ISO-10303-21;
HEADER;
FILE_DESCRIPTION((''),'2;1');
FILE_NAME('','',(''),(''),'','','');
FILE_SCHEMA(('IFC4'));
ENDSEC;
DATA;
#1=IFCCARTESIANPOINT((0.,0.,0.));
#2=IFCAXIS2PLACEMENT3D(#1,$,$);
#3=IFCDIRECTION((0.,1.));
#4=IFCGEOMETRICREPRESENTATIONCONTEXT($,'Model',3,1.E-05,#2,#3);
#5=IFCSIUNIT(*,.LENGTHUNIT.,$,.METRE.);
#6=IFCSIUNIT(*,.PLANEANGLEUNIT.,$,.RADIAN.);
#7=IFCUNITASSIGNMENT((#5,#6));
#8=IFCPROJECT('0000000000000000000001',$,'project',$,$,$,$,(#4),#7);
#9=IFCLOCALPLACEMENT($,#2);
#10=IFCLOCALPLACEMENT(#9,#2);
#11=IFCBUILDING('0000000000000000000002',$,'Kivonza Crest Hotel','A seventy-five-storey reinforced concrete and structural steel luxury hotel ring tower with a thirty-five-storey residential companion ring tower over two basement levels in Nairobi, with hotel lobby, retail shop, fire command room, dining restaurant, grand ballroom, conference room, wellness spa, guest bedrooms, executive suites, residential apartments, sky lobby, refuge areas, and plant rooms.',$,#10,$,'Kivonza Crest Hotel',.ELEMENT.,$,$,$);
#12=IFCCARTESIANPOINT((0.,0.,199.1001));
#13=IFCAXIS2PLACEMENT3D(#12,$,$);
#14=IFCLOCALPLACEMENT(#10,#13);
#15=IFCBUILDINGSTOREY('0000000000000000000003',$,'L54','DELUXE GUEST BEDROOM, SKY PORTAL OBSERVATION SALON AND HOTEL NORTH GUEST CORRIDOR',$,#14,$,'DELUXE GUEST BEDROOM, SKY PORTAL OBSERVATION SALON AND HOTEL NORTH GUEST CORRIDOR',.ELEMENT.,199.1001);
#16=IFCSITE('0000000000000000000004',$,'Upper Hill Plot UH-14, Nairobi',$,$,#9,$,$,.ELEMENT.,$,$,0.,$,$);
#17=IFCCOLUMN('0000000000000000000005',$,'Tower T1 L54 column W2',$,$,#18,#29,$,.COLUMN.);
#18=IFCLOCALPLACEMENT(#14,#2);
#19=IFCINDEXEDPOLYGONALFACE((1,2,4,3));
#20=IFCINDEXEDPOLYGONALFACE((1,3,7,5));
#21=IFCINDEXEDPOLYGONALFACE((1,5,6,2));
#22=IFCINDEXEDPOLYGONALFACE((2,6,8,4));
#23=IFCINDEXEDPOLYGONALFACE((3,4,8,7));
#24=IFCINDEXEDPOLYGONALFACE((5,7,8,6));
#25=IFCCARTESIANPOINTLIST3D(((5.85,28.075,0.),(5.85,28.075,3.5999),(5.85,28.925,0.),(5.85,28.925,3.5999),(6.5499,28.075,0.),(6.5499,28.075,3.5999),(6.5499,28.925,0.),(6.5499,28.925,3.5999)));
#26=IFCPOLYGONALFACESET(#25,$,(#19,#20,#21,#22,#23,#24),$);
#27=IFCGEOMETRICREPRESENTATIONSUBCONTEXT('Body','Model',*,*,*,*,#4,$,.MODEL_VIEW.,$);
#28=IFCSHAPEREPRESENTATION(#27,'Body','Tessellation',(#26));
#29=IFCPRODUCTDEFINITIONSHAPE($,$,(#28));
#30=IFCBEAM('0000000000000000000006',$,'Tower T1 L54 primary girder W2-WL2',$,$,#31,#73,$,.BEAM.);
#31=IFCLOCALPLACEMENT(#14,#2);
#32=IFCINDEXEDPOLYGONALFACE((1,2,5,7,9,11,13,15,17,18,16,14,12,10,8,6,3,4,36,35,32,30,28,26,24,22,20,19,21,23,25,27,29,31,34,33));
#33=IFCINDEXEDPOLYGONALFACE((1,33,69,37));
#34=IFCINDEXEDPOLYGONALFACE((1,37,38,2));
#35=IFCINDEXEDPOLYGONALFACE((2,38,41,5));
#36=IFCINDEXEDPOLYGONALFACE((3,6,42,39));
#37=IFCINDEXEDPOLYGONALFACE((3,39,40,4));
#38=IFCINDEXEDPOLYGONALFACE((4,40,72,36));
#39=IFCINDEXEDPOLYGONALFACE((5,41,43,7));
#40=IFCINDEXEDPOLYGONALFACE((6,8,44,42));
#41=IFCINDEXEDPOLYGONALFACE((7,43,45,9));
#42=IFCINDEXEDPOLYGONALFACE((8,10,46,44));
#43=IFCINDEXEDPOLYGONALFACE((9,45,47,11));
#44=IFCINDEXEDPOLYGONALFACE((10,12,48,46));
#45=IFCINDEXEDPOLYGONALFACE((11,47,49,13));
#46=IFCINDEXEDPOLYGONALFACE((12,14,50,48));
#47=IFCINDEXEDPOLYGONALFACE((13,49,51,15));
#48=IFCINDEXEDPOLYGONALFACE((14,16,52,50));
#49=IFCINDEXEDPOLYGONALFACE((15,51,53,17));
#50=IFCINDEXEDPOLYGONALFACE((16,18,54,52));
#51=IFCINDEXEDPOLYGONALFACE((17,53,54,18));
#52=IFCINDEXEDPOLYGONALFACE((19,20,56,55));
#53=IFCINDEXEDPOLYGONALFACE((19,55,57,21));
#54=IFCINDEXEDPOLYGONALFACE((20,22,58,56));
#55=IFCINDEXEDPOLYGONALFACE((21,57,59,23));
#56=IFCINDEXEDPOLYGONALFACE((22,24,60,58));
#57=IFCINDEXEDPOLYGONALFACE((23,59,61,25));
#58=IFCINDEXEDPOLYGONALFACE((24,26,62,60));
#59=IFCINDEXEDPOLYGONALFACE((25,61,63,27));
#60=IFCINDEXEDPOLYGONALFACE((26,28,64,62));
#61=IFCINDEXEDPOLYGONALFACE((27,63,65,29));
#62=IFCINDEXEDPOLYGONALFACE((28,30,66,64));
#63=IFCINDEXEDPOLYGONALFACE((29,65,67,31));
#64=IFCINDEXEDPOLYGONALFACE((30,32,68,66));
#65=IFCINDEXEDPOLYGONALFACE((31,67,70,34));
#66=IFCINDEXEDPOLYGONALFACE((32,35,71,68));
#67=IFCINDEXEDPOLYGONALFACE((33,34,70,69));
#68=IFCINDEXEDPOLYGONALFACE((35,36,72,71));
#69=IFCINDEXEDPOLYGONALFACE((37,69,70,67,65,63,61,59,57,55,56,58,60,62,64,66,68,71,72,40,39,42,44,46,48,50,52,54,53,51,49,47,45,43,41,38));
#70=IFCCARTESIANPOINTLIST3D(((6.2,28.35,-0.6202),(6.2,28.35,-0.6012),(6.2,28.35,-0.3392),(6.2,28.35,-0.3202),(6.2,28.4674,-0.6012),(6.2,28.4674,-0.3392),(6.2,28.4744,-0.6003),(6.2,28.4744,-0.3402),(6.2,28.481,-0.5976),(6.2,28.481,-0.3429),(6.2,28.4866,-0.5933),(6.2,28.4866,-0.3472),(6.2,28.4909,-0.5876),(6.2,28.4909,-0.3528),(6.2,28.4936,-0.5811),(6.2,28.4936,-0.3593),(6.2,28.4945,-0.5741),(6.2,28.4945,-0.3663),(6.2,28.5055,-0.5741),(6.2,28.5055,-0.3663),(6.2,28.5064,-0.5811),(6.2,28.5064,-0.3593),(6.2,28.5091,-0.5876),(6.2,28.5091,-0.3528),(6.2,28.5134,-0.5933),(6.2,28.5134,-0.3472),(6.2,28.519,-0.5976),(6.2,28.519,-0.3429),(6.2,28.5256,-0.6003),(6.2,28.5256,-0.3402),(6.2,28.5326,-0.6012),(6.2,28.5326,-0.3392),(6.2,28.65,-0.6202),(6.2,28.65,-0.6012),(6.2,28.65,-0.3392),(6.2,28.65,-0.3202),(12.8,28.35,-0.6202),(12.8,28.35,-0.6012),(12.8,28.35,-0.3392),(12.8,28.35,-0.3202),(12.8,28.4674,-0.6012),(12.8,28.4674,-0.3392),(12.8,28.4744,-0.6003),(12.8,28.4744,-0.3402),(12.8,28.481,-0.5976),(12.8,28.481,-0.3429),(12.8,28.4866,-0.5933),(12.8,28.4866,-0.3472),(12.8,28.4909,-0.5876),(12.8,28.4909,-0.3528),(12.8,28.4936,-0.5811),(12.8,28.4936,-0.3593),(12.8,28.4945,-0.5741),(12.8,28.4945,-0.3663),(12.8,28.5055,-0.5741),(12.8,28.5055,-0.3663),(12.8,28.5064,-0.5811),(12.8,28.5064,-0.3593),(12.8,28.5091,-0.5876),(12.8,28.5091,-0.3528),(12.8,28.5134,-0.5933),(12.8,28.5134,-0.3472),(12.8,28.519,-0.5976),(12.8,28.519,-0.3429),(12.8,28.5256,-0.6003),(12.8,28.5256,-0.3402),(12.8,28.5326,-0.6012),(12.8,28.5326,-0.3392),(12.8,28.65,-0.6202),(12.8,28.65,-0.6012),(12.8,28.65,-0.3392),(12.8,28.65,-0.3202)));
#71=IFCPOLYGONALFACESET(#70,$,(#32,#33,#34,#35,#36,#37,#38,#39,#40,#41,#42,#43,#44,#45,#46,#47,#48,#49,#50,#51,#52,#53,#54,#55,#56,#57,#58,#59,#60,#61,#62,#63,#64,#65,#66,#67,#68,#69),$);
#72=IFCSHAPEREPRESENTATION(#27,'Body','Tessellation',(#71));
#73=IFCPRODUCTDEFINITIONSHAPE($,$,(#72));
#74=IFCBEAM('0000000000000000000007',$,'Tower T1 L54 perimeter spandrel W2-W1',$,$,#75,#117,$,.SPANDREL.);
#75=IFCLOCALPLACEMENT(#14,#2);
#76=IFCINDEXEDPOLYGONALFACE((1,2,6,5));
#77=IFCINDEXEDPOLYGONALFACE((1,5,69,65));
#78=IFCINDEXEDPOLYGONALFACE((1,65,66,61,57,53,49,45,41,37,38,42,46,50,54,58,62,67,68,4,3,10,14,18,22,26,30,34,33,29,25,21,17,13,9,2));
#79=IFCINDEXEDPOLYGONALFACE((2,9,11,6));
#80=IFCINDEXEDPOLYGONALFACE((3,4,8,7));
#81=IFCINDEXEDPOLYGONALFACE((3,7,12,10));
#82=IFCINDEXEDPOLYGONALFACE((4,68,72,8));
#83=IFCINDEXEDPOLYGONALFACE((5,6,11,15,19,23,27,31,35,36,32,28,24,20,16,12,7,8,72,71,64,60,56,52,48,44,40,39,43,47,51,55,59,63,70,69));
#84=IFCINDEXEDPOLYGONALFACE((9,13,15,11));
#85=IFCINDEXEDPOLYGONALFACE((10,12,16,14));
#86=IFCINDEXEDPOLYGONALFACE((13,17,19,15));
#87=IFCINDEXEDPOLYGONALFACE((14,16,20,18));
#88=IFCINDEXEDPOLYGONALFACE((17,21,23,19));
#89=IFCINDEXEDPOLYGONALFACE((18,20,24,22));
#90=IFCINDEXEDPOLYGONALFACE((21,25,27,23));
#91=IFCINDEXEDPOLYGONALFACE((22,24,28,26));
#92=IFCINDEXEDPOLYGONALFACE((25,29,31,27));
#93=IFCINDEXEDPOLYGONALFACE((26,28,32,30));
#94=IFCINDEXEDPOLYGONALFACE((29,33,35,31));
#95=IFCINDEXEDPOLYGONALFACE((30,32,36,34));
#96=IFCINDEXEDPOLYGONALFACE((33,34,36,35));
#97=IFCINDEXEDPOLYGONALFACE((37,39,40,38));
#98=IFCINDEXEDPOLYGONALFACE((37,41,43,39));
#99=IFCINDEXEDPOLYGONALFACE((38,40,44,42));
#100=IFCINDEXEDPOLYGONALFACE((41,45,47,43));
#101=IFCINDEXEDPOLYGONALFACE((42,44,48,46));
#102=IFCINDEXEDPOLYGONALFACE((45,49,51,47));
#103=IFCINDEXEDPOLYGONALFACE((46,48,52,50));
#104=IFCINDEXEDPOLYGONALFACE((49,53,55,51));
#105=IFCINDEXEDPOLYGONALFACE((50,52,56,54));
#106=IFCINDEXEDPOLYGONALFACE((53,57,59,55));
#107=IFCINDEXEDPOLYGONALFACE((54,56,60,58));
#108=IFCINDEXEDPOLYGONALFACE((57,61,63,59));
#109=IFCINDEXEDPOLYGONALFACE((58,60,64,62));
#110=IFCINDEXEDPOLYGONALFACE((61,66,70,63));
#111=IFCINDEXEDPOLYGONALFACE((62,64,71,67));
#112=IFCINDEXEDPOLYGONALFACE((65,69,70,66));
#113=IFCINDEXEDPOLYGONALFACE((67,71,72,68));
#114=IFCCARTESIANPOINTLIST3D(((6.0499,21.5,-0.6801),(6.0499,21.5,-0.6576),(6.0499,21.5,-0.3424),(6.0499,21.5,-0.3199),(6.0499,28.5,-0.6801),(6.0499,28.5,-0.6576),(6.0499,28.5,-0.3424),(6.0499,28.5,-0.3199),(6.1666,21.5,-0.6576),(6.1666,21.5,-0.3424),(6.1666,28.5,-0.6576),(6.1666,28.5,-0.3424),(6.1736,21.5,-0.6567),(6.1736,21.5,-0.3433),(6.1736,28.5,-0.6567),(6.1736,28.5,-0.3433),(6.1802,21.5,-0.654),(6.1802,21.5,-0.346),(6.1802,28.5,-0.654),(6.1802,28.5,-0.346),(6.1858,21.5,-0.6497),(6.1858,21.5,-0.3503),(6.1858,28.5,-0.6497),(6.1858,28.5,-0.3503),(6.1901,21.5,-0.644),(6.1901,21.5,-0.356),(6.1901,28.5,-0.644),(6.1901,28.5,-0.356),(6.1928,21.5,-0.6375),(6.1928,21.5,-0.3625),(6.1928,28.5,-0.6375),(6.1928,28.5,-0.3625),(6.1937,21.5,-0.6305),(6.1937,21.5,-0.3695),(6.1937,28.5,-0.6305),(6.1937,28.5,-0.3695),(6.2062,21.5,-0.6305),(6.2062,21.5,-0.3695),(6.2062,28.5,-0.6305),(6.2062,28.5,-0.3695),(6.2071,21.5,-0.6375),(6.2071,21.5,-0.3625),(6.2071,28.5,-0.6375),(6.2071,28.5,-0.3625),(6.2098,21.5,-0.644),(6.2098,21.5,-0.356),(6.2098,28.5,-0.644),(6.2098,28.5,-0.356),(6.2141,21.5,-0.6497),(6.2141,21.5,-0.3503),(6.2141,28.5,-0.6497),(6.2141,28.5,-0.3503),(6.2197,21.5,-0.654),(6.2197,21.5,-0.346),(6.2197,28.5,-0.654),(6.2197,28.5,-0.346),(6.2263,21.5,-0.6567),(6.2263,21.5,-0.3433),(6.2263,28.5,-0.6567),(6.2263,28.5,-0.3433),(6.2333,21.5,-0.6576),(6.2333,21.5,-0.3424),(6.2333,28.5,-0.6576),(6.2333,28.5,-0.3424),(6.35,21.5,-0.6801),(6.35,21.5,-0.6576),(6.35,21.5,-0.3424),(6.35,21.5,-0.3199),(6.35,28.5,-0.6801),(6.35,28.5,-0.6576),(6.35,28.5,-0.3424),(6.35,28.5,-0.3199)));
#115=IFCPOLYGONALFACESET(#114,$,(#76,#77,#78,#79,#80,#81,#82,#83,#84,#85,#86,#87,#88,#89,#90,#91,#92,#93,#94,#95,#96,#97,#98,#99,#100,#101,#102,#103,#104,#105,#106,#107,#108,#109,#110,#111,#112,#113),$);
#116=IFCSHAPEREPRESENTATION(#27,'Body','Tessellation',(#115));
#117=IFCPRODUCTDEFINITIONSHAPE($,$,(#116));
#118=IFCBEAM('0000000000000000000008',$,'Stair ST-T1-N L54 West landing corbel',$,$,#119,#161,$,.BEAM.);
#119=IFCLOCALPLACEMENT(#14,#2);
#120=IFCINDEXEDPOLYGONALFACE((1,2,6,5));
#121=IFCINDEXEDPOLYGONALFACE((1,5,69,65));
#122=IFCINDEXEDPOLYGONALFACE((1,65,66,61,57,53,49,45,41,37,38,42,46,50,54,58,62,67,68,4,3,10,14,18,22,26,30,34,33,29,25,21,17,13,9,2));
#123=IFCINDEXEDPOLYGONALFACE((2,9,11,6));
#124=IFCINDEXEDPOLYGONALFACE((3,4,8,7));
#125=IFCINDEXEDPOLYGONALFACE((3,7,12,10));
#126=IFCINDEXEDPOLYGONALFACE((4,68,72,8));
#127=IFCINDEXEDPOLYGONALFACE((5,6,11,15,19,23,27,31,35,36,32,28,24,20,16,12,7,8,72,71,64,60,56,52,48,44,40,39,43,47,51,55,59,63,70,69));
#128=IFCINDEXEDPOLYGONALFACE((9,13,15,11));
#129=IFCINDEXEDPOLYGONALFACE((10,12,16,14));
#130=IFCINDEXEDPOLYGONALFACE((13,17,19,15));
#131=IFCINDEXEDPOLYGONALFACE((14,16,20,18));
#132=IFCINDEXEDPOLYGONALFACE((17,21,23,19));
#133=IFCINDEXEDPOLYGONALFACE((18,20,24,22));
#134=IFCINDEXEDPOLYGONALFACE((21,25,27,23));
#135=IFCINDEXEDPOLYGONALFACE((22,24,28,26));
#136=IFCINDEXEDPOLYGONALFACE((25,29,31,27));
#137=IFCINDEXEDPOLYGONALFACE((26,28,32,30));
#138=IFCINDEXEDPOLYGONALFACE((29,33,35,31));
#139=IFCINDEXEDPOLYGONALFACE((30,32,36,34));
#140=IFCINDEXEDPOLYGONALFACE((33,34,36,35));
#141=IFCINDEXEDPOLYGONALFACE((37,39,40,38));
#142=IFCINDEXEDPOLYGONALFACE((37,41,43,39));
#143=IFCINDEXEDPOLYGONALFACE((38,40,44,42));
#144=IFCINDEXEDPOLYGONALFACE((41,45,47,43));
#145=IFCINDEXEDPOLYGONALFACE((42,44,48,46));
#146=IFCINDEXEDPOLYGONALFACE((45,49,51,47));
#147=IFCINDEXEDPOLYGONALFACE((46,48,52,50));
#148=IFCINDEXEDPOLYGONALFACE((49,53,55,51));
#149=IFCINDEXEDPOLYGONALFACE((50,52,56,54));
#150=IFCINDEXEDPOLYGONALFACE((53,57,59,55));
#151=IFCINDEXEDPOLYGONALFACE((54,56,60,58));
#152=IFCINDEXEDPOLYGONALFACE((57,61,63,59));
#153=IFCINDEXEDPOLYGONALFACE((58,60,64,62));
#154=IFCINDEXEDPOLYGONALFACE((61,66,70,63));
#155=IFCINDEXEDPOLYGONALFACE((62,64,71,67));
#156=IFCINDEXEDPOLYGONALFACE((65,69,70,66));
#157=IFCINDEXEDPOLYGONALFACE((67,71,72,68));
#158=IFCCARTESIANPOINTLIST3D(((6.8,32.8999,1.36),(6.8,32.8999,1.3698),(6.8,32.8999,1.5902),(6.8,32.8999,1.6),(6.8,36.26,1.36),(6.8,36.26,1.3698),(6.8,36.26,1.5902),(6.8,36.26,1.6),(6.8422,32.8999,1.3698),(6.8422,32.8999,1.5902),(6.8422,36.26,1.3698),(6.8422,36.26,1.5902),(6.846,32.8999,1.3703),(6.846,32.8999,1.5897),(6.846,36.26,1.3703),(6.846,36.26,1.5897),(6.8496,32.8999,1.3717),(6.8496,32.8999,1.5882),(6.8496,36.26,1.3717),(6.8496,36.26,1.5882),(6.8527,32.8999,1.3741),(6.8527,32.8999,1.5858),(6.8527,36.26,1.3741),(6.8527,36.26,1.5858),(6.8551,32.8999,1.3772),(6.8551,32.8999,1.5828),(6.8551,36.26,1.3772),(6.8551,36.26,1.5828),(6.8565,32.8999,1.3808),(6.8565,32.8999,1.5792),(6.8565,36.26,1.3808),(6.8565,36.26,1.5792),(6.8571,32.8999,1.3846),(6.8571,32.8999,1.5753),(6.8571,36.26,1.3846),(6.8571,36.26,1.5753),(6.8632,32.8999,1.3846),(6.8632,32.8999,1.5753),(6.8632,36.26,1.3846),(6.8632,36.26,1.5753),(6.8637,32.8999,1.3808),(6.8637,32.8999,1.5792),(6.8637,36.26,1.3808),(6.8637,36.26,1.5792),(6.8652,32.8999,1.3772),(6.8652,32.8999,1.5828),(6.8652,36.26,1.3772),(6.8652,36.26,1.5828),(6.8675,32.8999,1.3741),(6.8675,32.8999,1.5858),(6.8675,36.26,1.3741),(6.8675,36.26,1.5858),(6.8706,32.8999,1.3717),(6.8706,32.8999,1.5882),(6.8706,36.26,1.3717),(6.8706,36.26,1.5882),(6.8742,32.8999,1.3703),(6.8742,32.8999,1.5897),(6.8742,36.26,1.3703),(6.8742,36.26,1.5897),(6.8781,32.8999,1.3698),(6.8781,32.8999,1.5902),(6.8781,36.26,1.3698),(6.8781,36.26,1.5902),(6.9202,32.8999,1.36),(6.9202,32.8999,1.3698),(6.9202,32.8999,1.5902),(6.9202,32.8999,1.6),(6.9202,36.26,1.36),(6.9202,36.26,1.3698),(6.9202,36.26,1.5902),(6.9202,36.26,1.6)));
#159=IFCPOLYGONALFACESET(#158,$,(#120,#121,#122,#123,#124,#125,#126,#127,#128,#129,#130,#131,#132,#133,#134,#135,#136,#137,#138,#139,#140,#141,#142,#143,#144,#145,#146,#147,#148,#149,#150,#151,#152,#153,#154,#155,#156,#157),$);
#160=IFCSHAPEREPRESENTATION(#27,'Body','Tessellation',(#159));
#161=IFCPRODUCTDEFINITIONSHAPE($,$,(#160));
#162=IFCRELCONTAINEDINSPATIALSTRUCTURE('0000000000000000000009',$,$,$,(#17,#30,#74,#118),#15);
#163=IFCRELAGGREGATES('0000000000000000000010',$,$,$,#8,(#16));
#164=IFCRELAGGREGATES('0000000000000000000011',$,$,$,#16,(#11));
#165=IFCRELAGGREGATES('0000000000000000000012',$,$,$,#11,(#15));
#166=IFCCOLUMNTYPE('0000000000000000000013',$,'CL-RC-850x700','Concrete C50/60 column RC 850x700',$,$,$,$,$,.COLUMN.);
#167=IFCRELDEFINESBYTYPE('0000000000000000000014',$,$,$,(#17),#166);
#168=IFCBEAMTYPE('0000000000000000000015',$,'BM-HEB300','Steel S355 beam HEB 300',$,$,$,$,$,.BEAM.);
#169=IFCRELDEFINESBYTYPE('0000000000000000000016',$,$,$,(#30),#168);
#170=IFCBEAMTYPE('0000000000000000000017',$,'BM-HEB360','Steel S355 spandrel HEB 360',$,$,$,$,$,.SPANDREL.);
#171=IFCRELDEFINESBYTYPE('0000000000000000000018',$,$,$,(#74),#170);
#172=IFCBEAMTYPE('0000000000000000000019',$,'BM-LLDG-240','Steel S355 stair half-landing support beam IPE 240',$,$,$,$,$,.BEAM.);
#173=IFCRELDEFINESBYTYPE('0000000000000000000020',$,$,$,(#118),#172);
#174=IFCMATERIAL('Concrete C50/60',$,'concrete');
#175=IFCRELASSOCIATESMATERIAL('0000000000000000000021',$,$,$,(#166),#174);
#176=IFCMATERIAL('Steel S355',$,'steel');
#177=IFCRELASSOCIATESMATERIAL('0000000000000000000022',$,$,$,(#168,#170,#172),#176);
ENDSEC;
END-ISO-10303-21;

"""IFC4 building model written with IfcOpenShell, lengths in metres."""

from ifc_helpers import new_model, si_unit, direction, frame, origin, origin_2d, place, context, subcontext, project, spatial, rectangle, i_section, extrude, material, material_profile, profile_set, type_object, element, save


model = new_model("IFC4")

# Units and contexts
model_context = context("Model", 3, precision=1e-05, world=origin(), true_north=direction((0.0, 1.0)))
body_context = subcontext(model_context, "Body", "Model", "MODEL_VIEW")
ifc_project = project(units=[si_unit("LENGTHUNIT", "METRE"), si_unit("PLANEANGLEUNIT", "RADIAN")], contexts=[model_context])

# Site, building, storey
site_placement = place(None, origin())
site = spatial("IfcSite", under=ifc_project, at=site_placement, Name="Upper Hill Plot UH-14, Nairobi", CompositionType="ELEMENT", RefElevation=0.0)
building_placement = place(site_placement, origin())
building = spatial("IfcBuilding", under=site, at=building_placement, Name="Kivonza Crest Hotel", Description="A seventy-five-storey reinforced concrete and structural steel luxury hotel ring tower with a thirty-five-storey residential companion ring tower over two basement levels in Nairobi, with hotel lobby, retail shop, fire command room, dining restaurant, grand ballroom, conference room, wellness spa, guest bedrooms, executive suites, residential apartments, sky lobby, refuge areas, and plant rooms.", LongName="Kivonza Crest Hotel", CompositionType="ELEMENT")
storey_placement = place(building_placement, frame((0.0, 0.0, 199.1001)))
storey = spatial("IfcBuildingStorey", under=building, at=storey_placement, Name="L54", Description="DELUXE GUEST BEDROOM, SKY PORTAL OBSERVATION SALON AND HOTEL NORTH GUEST CORRIDOR", LongName="DELUXE GUEST BEDROOM, SKY PORTAL OBSERVATION SALON AND HOTEL NORTH GUEST CORRIDOR", CompositionType="ELEMENT", Elevation=199.1001)

# Column
ifc_material_1 = material(Name="Concrete C50/60", Category="concrete")
ifc_material_profile_1 = material_profile(ifc_material_1, rectangle(XDim=0.7, YDim=0.8501, at=origin_2d()), Name="RC 850x700")
ifc_profile_set_1 = profile_set([ifc_material_profile_1], Name="Concrete C50/60")
column_type = type_object("IfcColumnType", Name="CL-RC-850x700", Description="Concrete C50/60 column RC 850x700", PredefinedType="COLUMN", material=ifc_profile_set_1)
column_placement = place(storey_placement, frame((6.2, 28.5, 0.0), z_axis=(0.0, 0.0, 1.0), x_axis=(1.0, 0.0, 0.0)))
element("IfcColumn", 1, at=column_placement, inside=storey, type_object=column_type, Name="Tower T1 L54 column W2", PredefinedType="COLUMN", context=body_context, shape_type="SweptSolid", body=[
    extrude(rectangle(XDim=0.7, YDim=0.8501, at=origin_2d()), origin(), (0.0, 0.0, 1.0), 3.5999),
])

# Beams
ifc_material_2 = material(Name="Steel S355", Category="steel")
ifc_material_profile_2 = material_profile(ifc_material_2, i_section(OverallWidth=0.3, OverallDepth=0.3, WebThickness=0.011, FlangeThickness=0.019, FilletRadius=0.0271, at=origin_2d()), Name="HEB 300")
ifc_profile_set_2 = profile_set([ifc_material_profile_2], Name="Steel S355")
beam_type_1 = type_object("IfcBeamType", Name="BM-HEB300", Description="Steel S355 beam HEB 300", PredefinedType="BEAM", material=ifc_profile_set_2)
beam_1_placement = place(storey_placement, frame((6.2, 28.5, -0.4702), z_axis=(1.0, 0.0, 0.0), x_axis=(0.0, 1.0, 0.0)))
element("IfcBeam", 2, at=beam_1_placement, inside=storey, type_object=beam_type_1, Name="Tower T1 L54 primary girder W2-WL2", PredefinedType="BEAM", context=body_context, shape_type="SweptSolid", body=[
    extrude(i_section(OverallWidth=0.3, OverallDepth=0.3, WebThickness=0.011, FlangeThickness=0.019, FilletRadius=0.0271, at=origin_2d()), origin(), (0.0, 0.0, 1.0), 6.6001),
])
ifc_material_profile_3 = material_profile(ifc_material_2, i_section(OverallWidth=0.3, OverallDepth=0.3601, WebThickness=0.0125, FlangeThickness=0.0225, FilletRadius=0.0271, at=origin_2d()), Name="HEB 360")
ifc_profile_set_3 = profile_set([ifc_material_profile_3], Name="Steel S355")
beam_type_2 = type_object("IfcBeamType", Name="BM-HEB360", Description="Steel S355 spandrel HEB 360", PredefinedType="SPANDREL", material=ifc_profile_set_3)
beam_2_placement = place(storey_placement, frame((6.2, 28.5, -0.5), z_axis=(0.0, -1.0, 0.0), x_axis=(1.0, 0.0, 0.0)))
element("IfcBeam", 3, at=beam_2_placement, inside=storey, type_object=beam_type_2, Name="Tower T1 L54 perimeter spandrel W2-W1", PredefinedType="SPANDREL", context=body_context, shape_type="SweptSolid", body=[
    extrude(i_section(OverallWidth=0.3, OverallDepth=0.3601, WebThickness=0.0125, FlangeThickness=0.0225, FilletRadius=0.0271, at=origin_2d()), origin(), (0.0, 0.0, 1.0), 7.0),
])
ifc_material_profile_4 = material_profile(ifc_material_2, i_section(OverallWidth=0.1201, OverallDepth=0.24, WebThickness=0.0061, FlangeThickness=0.0098, FilletRadius=0.0149, at=origin_2d()), Name="IPE 240")
ifc_profile_set_4 = profile_set([ifc_material_profile_4], Name="Steel S355")
beam_type_3 = type_object("IfcBeamType", Name="BM-LLDG-240", Description="Steel S355 stair half-landing support beam IPE 240", PredefinedType="BEAM", material=ifc_profile_set_4)
beam_3_placement = place(storey_placement, frame((6.8601, 32.8999, 1.48), z_axis=(0.0, 1.0, 0.0), x_axis=(-1.0, 0.0, 0.0)))
element("IfcBeam", 4, at=beam_3_placement, inside=storey, type_object=beam_type_3, Name="Stair ST-T1-N L54 West landing corbel", PredefinedType="BEAM", context=body_context, shape_type="SweptSolid", body=[
    extrude(i_section(OverallWidth=0.1201, OverallDepth=0.24, WebThickness=0.0061, FlangeThickness=0.0098, FilletRadius=0.0149, at=origin_2d()), origin(), (0.0, 0.0, 1.0), 3.3601),
])

save(model, "model.ifc")
